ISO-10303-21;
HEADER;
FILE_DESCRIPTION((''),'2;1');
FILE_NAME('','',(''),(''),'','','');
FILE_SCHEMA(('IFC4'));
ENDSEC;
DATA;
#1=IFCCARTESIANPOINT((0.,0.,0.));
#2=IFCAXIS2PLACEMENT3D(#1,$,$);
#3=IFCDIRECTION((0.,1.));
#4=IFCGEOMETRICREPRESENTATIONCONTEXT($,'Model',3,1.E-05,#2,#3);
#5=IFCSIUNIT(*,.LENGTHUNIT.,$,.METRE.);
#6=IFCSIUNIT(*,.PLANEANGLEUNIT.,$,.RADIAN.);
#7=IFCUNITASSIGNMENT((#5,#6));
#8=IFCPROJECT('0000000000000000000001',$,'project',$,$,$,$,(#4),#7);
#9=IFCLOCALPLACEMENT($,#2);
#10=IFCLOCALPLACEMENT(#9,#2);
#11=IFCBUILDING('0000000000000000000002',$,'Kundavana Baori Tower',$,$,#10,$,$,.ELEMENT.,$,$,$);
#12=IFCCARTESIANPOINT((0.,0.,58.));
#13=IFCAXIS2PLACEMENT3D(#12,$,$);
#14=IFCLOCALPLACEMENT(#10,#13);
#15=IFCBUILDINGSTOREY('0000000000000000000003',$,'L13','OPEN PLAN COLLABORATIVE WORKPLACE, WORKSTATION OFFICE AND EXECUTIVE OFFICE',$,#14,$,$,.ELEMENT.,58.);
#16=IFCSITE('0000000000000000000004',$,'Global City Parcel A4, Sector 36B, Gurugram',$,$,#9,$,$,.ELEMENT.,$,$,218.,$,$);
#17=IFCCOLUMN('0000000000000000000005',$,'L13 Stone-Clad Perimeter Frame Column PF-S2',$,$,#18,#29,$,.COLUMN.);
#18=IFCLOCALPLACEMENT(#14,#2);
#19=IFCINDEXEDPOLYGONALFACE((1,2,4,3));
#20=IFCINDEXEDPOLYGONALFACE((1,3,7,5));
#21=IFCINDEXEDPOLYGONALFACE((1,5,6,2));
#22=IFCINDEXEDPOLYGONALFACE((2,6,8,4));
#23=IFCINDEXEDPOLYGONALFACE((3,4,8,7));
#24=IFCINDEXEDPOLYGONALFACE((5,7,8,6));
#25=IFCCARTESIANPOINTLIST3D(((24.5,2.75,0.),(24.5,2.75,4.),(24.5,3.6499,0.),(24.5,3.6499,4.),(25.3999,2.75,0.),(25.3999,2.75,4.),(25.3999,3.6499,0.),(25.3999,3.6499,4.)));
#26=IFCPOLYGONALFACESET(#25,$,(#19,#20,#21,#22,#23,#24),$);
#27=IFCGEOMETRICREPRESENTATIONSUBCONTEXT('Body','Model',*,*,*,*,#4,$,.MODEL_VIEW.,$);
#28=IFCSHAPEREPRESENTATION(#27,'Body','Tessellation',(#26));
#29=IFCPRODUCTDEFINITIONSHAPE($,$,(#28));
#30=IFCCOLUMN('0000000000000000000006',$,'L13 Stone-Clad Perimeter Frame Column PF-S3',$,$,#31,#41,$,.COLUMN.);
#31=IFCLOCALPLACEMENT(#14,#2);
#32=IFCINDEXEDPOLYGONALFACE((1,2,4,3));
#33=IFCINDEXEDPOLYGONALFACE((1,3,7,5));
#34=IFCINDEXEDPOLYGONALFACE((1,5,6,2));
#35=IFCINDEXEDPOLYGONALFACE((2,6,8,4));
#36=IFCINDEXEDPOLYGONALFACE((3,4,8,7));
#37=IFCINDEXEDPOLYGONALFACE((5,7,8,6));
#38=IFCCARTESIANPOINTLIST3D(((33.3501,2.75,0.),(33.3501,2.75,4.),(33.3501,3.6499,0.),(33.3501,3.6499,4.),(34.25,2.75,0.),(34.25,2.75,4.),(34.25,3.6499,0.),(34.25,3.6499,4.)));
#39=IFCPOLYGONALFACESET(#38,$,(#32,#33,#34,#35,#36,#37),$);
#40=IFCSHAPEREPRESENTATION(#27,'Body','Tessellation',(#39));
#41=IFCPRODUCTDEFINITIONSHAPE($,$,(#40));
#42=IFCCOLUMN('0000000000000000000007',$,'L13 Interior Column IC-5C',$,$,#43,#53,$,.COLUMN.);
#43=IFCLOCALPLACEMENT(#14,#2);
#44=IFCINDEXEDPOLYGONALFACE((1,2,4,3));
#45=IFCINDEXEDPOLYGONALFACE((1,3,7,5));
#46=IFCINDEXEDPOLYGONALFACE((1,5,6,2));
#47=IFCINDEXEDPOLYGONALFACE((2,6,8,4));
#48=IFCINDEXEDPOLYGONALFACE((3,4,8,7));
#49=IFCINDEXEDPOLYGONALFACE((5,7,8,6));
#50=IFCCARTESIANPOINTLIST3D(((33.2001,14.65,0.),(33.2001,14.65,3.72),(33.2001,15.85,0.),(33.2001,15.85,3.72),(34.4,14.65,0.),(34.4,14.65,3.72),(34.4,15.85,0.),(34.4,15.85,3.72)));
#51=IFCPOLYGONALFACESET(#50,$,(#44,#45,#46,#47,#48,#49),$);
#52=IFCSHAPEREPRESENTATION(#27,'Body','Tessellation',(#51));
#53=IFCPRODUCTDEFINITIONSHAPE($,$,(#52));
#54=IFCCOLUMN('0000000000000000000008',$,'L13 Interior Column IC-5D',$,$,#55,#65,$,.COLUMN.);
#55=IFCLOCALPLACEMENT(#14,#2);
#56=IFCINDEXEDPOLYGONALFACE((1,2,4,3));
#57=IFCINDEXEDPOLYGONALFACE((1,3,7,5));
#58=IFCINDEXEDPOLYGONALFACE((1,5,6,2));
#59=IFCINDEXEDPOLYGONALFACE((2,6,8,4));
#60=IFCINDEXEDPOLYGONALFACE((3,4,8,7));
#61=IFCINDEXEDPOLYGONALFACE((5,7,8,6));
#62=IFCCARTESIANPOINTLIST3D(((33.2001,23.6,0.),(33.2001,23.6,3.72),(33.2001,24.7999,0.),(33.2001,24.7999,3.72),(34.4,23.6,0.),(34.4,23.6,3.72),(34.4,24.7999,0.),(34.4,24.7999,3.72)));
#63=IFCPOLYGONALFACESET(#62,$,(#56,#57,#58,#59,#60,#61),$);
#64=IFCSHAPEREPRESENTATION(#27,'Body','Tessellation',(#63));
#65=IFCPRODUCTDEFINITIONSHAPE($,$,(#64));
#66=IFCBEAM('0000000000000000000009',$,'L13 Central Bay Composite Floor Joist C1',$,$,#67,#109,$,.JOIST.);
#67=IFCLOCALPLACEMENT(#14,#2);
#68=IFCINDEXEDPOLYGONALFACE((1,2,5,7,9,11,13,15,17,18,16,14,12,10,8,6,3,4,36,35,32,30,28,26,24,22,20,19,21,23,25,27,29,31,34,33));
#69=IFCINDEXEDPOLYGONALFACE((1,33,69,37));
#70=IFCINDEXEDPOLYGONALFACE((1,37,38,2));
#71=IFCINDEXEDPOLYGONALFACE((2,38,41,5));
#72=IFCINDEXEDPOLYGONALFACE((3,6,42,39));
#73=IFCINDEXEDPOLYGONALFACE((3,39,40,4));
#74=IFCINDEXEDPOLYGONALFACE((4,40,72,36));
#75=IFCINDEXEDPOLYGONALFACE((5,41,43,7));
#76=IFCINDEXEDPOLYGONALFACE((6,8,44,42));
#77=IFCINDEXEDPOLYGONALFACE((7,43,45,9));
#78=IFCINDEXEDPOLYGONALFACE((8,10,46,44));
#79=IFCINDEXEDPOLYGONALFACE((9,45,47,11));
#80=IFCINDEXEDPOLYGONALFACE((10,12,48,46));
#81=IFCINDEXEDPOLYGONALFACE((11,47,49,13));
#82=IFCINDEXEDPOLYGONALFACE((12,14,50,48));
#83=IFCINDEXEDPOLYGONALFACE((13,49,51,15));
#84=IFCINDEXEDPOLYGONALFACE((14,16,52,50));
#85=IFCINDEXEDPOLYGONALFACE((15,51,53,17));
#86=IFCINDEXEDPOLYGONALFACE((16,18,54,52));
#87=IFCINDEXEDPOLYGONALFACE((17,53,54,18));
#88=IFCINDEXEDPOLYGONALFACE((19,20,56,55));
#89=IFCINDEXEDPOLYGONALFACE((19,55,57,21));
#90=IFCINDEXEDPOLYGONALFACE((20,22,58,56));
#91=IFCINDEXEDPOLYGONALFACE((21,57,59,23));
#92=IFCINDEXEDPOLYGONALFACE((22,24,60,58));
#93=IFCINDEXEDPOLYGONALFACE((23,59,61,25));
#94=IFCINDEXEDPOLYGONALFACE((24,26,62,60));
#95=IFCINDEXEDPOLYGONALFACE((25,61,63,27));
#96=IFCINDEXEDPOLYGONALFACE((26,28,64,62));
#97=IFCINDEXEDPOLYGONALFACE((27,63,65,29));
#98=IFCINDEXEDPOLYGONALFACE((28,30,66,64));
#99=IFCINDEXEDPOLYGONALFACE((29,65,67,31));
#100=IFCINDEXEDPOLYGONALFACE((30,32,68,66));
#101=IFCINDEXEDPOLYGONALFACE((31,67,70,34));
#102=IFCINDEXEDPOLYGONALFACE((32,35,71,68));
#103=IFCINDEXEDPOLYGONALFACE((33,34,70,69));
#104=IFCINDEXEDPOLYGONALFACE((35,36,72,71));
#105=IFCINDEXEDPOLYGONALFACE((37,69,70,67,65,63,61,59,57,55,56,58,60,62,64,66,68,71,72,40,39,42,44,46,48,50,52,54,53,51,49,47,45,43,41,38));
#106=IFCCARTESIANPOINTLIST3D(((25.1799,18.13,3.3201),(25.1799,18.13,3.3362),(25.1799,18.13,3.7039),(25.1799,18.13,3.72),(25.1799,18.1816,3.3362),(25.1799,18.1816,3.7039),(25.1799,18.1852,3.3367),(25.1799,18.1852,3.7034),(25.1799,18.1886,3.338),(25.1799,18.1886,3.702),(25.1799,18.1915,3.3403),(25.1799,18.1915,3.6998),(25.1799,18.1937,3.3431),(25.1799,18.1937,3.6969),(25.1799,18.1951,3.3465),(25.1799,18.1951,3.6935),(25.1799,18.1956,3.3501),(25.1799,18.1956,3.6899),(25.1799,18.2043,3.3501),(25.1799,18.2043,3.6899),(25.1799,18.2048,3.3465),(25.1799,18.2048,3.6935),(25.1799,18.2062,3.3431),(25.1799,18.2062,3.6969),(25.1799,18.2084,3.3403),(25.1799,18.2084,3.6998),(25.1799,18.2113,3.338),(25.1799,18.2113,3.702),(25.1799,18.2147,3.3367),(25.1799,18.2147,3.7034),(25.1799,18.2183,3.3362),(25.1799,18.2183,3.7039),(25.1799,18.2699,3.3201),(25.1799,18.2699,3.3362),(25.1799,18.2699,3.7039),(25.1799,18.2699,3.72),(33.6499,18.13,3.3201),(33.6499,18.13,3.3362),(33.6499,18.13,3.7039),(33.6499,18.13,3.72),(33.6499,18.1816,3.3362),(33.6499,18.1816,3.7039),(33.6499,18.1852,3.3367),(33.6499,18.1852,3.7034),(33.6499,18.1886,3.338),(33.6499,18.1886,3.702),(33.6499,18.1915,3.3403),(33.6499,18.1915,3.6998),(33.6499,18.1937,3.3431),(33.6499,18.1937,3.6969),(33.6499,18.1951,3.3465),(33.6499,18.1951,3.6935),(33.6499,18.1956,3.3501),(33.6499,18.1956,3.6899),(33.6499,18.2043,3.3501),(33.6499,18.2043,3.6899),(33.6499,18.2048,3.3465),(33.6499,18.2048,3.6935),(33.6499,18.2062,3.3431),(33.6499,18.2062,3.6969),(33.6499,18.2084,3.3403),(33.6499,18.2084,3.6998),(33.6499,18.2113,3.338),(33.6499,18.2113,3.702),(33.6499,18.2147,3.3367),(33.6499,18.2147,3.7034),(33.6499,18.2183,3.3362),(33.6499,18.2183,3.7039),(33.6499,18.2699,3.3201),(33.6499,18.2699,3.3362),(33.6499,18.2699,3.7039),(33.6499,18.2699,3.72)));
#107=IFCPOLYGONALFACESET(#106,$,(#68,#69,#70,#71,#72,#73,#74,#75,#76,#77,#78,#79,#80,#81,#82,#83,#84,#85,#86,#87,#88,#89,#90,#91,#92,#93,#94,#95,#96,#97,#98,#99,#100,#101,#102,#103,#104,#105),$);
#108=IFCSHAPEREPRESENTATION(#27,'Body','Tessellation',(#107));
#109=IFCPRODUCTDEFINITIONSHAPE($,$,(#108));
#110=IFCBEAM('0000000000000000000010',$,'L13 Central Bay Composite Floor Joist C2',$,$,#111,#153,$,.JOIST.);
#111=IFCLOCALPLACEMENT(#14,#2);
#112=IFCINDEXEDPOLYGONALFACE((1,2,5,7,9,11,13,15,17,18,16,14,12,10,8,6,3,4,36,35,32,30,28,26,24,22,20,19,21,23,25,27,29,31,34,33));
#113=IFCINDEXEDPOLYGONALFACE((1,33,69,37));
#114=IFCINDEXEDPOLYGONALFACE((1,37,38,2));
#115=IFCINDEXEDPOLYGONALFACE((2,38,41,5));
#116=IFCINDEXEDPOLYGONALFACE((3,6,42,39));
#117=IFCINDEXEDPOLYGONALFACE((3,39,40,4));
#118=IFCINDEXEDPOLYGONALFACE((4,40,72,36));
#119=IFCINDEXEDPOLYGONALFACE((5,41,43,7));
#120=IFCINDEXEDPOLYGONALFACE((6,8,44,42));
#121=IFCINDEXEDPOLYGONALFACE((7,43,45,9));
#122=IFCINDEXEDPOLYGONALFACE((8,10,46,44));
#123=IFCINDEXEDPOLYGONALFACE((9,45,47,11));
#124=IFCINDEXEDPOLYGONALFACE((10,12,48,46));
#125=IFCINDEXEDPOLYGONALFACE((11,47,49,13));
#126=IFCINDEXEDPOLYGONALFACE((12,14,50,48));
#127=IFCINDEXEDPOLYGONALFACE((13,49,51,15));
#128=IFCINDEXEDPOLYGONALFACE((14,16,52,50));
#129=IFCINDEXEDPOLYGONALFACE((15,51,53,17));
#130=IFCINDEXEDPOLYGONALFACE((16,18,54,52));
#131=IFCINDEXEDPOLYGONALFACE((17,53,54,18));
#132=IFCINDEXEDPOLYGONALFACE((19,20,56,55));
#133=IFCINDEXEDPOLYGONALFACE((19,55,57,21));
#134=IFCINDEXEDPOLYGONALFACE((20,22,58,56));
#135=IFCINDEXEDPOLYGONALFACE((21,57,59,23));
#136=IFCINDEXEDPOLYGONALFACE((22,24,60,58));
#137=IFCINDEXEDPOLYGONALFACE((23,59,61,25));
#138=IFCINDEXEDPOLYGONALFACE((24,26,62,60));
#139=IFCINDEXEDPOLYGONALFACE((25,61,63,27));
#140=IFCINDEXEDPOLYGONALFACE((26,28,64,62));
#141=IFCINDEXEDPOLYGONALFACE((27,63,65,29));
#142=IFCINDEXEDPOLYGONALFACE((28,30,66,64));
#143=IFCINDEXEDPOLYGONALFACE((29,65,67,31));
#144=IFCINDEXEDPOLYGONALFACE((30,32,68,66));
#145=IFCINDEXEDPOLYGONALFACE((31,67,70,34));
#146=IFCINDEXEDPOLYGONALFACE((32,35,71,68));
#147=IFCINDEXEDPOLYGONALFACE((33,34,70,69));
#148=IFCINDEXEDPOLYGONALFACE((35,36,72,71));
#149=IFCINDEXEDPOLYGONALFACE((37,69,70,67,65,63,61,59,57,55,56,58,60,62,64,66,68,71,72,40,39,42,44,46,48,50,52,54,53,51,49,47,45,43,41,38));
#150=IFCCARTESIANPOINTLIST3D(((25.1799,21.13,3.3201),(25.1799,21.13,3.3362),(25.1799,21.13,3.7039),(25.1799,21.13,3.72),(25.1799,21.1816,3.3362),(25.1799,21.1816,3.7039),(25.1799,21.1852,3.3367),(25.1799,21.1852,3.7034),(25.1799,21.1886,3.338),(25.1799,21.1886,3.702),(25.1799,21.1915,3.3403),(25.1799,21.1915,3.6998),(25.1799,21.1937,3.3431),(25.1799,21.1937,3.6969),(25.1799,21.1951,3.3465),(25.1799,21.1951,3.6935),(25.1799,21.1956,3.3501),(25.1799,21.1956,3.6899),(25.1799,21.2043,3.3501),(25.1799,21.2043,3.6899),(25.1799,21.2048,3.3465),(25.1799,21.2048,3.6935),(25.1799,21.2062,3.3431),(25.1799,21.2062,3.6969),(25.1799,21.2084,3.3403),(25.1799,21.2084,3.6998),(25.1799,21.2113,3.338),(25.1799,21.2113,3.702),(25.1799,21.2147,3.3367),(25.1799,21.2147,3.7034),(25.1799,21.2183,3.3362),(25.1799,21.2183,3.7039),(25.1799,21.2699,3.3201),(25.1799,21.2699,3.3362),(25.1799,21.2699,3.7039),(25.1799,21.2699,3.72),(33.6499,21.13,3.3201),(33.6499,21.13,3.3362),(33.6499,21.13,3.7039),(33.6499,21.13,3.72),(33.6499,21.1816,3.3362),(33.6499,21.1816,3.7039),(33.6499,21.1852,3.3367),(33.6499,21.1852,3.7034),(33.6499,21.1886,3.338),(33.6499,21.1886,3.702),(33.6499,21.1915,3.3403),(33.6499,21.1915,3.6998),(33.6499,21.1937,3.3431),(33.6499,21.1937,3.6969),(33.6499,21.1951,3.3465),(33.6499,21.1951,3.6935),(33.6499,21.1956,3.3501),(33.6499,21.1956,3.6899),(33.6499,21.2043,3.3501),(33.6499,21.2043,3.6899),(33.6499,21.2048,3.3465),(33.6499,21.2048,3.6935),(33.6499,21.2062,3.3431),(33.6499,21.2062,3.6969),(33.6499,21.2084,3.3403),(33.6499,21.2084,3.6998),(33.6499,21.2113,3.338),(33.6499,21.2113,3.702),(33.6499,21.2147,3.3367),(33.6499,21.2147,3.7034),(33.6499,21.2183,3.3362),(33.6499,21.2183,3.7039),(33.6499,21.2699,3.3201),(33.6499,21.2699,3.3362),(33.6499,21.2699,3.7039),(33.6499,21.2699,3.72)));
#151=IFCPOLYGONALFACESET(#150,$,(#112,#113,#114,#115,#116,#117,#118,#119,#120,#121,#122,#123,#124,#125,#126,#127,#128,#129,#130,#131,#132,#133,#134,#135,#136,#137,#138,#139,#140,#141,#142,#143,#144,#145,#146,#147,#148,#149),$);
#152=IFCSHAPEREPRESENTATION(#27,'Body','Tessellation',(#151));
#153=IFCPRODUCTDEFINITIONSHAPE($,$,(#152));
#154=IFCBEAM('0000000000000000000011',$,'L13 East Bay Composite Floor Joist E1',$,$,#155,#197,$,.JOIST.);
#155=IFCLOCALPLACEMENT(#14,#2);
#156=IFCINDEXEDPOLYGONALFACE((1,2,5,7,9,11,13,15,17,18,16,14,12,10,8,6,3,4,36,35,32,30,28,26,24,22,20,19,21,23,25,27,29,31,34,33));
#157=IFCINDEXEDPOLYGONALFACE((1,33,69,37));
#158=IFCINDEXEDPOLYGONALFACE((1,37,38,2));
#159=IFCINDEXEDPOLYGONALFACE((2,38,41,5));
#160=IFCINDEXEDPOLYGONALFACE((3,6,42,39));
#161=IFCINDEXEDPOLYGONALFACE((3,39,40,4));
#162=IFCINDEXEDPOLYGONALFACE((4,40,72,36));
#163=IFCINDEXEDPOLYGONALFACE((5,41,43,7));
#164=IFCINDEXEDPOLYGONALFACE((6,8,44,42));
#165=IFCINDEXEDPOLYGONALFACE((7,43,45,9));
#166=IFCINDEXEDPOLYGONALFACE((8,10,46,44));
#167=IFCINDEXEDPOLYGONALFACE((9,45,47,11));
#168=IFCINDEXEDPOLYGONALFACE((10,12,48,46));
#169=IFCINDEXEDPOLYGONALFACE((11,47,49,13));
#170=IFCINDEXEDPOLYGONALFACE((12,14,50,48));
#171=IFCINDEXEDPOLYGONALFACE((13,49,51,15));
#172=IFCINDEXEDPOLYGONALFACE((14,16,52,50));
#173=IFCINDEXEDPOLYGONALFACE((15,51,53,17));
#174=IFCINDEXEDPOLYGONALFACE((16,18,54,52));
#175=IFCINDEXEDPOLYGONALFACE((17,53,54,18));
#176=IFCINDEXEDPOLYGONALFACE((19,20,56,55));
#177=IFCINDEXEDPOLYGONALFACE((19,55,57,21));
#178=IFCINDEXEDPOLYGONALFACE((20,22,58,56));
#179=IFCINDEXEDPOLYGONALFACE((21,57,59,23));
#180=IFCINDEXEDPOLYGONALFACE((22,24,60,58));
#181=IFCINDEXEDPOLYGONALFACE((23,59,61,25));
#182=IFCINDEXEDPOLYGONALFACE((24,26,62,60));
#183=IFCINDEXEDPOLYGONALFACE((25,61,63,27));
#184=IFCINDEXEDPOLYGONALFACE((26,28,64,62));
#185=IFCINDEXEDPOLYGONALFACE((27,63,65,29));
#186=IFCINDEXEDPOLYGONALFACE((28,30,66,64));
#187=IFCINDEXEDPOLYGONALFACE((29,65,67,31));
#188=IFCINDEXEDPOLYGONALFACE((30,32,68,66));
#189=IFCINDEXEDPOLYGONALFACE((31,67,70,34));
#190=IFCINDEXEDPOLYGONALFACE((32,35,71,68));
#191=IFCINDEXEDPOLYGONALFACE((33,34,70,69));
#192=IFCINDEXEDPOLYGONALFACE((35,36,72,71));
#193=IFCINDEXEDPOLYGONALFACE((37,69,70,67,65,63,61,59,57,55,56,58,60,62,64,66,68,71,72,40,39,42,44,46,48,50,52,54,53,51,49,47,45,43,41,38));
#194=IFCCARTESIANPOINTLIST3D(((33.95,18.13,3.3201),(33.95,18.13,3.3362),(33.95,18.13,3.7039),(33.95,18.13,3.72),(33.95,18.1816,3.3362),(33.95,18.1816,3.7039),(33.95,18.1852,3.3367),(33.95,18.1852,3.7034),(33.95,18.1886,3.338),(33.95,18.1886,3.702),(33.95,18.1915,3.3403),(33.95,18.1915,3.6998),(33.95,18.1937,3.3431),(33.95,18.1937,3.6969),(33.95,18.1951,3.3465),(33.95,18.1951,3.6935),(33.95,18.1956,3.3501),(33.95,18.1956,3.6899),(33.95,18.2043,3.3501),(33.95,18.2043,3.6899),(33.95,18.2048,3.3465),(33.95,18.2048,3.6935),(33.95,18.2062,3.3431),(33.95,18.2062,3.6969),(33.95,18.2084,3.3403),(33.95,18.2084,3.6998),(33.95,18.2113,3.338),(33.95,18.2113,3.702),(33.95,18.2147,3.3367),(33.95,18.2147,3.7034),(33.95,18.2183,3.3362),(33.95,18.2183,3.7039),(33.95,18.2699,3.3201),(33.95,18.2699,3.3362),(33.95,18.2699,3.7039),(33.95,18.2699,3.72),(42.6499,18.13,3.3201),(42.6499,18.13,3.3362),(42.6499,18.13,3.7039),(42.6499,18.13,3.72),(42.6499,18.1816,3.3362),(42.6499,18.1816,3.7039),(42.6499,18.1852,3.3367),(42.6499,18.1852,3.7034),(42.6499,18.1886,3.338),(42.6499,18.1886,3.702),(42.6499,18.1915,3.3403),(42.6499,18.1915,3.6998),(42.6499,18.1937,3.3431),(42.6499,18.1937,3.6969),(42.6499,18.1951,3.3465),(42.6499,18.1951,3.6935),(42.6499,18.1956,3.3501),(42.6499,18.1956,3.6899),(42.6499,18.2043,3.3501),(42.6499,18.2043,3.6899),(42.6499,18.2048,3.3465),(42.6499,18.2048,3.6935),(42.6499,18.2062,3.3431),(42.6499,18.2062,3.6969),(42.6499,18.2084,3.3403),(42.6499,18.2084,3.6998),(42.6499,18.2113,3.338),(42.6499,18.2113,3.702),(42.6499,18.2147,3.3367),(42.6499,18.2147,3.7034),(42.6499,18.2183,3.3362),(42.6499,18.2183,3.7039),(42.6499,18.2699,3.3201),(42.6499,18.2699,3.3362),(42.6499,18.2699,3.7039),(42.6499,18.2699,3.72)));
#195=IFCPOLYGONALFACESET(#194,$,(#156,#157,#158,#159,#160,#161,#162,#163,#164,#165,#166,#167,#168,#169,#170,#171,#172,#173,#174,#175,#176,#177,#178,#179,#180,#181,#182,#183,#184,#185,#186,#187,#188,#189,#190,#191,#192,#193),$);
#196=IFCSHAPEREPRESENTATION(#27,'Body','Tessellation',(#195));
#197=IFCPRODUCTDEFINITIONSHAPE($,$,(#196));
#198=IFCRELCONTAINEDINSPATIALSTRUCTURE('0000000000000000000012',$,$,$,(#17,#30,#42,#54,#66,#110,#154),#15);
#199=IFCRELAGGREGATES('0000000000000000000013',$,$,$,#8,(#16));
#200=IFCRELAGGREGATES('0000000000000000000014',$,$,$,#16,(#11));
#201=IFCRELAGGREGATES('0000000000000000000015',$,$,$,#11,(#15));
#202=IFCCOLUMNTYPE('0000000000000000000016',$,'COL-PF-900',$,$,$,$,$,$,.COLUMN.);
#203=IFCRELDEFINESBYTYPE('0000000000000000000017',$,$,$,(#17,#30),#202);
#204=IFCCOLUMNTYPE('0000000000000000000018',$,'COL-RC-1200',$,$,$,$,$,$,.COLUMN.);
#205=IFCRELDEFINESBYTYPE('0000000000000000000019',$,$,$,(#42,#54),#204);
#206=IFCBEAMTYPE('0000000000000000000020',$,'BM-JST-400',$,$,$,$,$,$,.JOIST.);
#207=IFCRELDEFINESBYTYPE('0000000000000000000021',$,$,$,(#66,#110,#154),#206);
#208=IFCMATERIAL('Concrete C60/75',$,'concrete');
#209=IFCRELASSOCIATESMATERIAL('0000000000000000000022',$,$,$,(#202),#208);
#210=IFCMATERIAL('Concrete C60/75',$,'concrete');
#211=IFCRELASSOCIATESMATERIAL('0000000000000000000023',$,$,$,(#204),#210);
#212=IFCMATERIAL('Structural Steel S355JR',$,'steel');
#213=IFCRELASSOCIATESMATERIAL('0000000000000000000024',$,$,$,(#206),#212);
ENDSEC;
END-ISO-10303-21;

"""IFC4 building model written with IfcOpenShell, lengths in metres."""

from ifc_helpers import new_model, si_unit, direction, frame, origin, origin_2d, place, context, subcontext, project, spatial, rectangle, i_section, extrude, material, material_profile, profile_set, type_object, element, save


model = new_model("IFC4")

# Units and contexts
model_context = context("Model", 3, precision=1e-05, world=origin(), true_north=direction((0.0, 1.0)))
body_context = subcontext(model_context, "Body", "Model", "MODEL_VIEW")
ifc_project = project(units=[si_unit("LENGTHUNIT", "METRE"), si_unit("PLANEANGLEUNIT", "RADIAN")], contexts=[model_context])

# Site, building, storey
site_placement = place(None, origin())
site = spatial("IfcSite", under=ifc_project, at=site_placement, Name="Global City Parcel A4, Sector 36B, Gurugram", CompositionType="ELEMENT", RefElevation=218.0)
building_placement = place(site_placement, origin())
building = spatial("IfcBuilding", under=site, at=building_placement, Name="Kundavana Baori Tower", CompositionType="ELEMENT")
storey_placement = place(building_placement, frame((0.0, 0.0, 58.0)))
storey = spatial("IfcBuildingStorey", under=building, at=storey_placement, Name="L13", Description="OPEN PLAN COLLABORATIVE WORKPLACE, WORKSTATION OFFICE AND EXECUTIVE OFFICE", CompositionType="ELEMENT", Elevation=58.0)

# Columns
ifc_material_1 = material(Name="Concrete C60/75", Category="concrete")
ifc_material_profile_1 = material_profile(ifc_material_1, rectangle(XDim=0.8999, YDim=0.8999, at=origin_2d()), Name="RC PF 900x900")
ifc_profile_set_1 = profile_set([ifc_material_profile_1], Name="Concrete C60/75")
column_type_1 = type_object("IfcColumnType", Name="COL-PF-900", PredefinedType="COLUMN", material=ifc_profile_set_1)
for number, where, z_axis, x_axis, name in (
    (1, (24.95, 3.2, 0.0), (0.0, 0.0, 1.0), (1.0, 0.0, 0.0), "L13 Stone-Clad Perimeter Frame Column PF-S2"),
    (2, (33.8, 3.2, 0.0), (0.0, 0.0, 1.0), (1.0, 0.0, 0.0), "L13 Stone-Clad Perimeter Frame Column PF-S3"),
):
    element("IfcColumn", number, at=place(storey_placement, frame(where, z_axis=z_axis, x_axis=x_axis)), inside=storey, type_object=column_type_1, Name=name, PredefinedType="COLUMN", context=body_context, shape_type="SweptSolid", body=[
        extrude(rectangle(XDim=0.8999, YDim=0.8999, at=origin_2d()), origin(), (0.0, 0.0, 1.0), 4.0),
    ])
ifc_material_2 = material(Name="Concrete C60/75", Category="concrete")
ifc_material_profile_2 = material_profile(ifc_material_2, rectangle(XDim=1.2, YDim=1.2, at=origin_2d()), Name="RC 1200x1200")
ifc_profile_set_2 = profile_set([ifc_material_profile_2], Name="Concrete C60/75")
column_type_2 = type_object("IfcColumnType", Name="COL-RC-1200", PredefinedType="COLUMN", material=ifc_profile_set_2)
for number, where, z_axis, x_axis, name in (
    (3, (33.8, 15.25, 0.0), (0.0, 0.0, 1.0), (1.0, 0.0, 0.0), "L13 Interior Column IC-5C"),
    (4, (33.8, 24.2, 0.0), (0.0, 0.0, 1.0), (1.0, 0.0, 0.0), "L13 Interior Column IC-5D"),
):
    element("IfcColumn", number, at=place(storey_placement, frame(where, z_axis=z_axis, x_axis=x_axis)), inside=storey, type_object=column_type_2, Name=name, PredefinedType="COLUMN", context=body_context, shape_type="SweptSolid", body=[
        extrude(rectangle(XDim=1.2, YDim=1.2, at=origin_2d()), origin(), (0.0, 0.0, 1.0), 3.72),
    ])

# Beams
ifc_material_3 = material(Name="Structural Steel S355JR", Category="steel")
ifc_material_profile_3 = material_profile(ifc_material_3, i_section(OverallWidth=0.1399, OverallDepth=0.3999, WebThickness=0.0088, FlangeThickness=0.0161, FilletRadius=0.0139, at=origin_2d()), Name="ISMB 400")
ifc_profile_set_3 = profile_set([ifc_material_profile_3], Name="Structural Steel S355JR")
beam_type_1 = type_object("IfcBeamType", Name="BM-JST-400", PredefinedType="JOIST", material=ifc_profile_set_3)
for number, where, z_axis, x_axis, name in (
    (5, (25.1799, 18.2, 3.52), (1.0, 0.0, 0.0), (0.0, 1.0, 0.0), "L13 Central Bay Composite Floor Joist C1"),
    (6, (25.1799, 21.2, 3.52), (1.0, 0.0, 0.0), (0.0, 1.0, 0.0), "L13 Central Bay Composite Floor Joist C2"),
):
    element("IfcBeam", number, at=place(storey_placement, frame(where, z_axis=z_axis, x_axis=x_axis)), inside=storey, type_object=beam_type_1, Name=name, PredefinedType="JOIST", context=body_context, shape_type="SweptSolid", body=[
        extrude(i_section(OverallWidth=0.1399, OverallDepth=0.3999, WebThickness=0.0088, FlangeThickness=0.0161, FilletRadius=0.0139, at=origin_2d()), origin(), (0.0, 0.0, 1.0), 8.47),
    ])
for number, where, z_axis, x_axis, name in (
    (7, (33.95, 18.2, 3.52), (1.0, 0.0, 0.0), (0.0, 1.0, 0.0), "L13 East Bay Composite Floor Joist E1"),
):
    element("IfcBeam", number, at=place(storey_placement, frame(where, z_axis=z_axis, x_axis=x_axis)), inside=storey, type_object=beam_type_1, Name=name, PredefinedType="JOIST", context=body_context, shape_type="SweptSolid", body=[
        extrude(i_section(OverallWidth=0.1399, OverallDepth=0.3999, WebThickness=0.0088, FlangeThickness=0.0161, FilletRadius=0.0139, at=origin_2d()), origin(), (0.0, 0.0, 1.0), 8.7),
    ])

save(model, "model.ifc")
